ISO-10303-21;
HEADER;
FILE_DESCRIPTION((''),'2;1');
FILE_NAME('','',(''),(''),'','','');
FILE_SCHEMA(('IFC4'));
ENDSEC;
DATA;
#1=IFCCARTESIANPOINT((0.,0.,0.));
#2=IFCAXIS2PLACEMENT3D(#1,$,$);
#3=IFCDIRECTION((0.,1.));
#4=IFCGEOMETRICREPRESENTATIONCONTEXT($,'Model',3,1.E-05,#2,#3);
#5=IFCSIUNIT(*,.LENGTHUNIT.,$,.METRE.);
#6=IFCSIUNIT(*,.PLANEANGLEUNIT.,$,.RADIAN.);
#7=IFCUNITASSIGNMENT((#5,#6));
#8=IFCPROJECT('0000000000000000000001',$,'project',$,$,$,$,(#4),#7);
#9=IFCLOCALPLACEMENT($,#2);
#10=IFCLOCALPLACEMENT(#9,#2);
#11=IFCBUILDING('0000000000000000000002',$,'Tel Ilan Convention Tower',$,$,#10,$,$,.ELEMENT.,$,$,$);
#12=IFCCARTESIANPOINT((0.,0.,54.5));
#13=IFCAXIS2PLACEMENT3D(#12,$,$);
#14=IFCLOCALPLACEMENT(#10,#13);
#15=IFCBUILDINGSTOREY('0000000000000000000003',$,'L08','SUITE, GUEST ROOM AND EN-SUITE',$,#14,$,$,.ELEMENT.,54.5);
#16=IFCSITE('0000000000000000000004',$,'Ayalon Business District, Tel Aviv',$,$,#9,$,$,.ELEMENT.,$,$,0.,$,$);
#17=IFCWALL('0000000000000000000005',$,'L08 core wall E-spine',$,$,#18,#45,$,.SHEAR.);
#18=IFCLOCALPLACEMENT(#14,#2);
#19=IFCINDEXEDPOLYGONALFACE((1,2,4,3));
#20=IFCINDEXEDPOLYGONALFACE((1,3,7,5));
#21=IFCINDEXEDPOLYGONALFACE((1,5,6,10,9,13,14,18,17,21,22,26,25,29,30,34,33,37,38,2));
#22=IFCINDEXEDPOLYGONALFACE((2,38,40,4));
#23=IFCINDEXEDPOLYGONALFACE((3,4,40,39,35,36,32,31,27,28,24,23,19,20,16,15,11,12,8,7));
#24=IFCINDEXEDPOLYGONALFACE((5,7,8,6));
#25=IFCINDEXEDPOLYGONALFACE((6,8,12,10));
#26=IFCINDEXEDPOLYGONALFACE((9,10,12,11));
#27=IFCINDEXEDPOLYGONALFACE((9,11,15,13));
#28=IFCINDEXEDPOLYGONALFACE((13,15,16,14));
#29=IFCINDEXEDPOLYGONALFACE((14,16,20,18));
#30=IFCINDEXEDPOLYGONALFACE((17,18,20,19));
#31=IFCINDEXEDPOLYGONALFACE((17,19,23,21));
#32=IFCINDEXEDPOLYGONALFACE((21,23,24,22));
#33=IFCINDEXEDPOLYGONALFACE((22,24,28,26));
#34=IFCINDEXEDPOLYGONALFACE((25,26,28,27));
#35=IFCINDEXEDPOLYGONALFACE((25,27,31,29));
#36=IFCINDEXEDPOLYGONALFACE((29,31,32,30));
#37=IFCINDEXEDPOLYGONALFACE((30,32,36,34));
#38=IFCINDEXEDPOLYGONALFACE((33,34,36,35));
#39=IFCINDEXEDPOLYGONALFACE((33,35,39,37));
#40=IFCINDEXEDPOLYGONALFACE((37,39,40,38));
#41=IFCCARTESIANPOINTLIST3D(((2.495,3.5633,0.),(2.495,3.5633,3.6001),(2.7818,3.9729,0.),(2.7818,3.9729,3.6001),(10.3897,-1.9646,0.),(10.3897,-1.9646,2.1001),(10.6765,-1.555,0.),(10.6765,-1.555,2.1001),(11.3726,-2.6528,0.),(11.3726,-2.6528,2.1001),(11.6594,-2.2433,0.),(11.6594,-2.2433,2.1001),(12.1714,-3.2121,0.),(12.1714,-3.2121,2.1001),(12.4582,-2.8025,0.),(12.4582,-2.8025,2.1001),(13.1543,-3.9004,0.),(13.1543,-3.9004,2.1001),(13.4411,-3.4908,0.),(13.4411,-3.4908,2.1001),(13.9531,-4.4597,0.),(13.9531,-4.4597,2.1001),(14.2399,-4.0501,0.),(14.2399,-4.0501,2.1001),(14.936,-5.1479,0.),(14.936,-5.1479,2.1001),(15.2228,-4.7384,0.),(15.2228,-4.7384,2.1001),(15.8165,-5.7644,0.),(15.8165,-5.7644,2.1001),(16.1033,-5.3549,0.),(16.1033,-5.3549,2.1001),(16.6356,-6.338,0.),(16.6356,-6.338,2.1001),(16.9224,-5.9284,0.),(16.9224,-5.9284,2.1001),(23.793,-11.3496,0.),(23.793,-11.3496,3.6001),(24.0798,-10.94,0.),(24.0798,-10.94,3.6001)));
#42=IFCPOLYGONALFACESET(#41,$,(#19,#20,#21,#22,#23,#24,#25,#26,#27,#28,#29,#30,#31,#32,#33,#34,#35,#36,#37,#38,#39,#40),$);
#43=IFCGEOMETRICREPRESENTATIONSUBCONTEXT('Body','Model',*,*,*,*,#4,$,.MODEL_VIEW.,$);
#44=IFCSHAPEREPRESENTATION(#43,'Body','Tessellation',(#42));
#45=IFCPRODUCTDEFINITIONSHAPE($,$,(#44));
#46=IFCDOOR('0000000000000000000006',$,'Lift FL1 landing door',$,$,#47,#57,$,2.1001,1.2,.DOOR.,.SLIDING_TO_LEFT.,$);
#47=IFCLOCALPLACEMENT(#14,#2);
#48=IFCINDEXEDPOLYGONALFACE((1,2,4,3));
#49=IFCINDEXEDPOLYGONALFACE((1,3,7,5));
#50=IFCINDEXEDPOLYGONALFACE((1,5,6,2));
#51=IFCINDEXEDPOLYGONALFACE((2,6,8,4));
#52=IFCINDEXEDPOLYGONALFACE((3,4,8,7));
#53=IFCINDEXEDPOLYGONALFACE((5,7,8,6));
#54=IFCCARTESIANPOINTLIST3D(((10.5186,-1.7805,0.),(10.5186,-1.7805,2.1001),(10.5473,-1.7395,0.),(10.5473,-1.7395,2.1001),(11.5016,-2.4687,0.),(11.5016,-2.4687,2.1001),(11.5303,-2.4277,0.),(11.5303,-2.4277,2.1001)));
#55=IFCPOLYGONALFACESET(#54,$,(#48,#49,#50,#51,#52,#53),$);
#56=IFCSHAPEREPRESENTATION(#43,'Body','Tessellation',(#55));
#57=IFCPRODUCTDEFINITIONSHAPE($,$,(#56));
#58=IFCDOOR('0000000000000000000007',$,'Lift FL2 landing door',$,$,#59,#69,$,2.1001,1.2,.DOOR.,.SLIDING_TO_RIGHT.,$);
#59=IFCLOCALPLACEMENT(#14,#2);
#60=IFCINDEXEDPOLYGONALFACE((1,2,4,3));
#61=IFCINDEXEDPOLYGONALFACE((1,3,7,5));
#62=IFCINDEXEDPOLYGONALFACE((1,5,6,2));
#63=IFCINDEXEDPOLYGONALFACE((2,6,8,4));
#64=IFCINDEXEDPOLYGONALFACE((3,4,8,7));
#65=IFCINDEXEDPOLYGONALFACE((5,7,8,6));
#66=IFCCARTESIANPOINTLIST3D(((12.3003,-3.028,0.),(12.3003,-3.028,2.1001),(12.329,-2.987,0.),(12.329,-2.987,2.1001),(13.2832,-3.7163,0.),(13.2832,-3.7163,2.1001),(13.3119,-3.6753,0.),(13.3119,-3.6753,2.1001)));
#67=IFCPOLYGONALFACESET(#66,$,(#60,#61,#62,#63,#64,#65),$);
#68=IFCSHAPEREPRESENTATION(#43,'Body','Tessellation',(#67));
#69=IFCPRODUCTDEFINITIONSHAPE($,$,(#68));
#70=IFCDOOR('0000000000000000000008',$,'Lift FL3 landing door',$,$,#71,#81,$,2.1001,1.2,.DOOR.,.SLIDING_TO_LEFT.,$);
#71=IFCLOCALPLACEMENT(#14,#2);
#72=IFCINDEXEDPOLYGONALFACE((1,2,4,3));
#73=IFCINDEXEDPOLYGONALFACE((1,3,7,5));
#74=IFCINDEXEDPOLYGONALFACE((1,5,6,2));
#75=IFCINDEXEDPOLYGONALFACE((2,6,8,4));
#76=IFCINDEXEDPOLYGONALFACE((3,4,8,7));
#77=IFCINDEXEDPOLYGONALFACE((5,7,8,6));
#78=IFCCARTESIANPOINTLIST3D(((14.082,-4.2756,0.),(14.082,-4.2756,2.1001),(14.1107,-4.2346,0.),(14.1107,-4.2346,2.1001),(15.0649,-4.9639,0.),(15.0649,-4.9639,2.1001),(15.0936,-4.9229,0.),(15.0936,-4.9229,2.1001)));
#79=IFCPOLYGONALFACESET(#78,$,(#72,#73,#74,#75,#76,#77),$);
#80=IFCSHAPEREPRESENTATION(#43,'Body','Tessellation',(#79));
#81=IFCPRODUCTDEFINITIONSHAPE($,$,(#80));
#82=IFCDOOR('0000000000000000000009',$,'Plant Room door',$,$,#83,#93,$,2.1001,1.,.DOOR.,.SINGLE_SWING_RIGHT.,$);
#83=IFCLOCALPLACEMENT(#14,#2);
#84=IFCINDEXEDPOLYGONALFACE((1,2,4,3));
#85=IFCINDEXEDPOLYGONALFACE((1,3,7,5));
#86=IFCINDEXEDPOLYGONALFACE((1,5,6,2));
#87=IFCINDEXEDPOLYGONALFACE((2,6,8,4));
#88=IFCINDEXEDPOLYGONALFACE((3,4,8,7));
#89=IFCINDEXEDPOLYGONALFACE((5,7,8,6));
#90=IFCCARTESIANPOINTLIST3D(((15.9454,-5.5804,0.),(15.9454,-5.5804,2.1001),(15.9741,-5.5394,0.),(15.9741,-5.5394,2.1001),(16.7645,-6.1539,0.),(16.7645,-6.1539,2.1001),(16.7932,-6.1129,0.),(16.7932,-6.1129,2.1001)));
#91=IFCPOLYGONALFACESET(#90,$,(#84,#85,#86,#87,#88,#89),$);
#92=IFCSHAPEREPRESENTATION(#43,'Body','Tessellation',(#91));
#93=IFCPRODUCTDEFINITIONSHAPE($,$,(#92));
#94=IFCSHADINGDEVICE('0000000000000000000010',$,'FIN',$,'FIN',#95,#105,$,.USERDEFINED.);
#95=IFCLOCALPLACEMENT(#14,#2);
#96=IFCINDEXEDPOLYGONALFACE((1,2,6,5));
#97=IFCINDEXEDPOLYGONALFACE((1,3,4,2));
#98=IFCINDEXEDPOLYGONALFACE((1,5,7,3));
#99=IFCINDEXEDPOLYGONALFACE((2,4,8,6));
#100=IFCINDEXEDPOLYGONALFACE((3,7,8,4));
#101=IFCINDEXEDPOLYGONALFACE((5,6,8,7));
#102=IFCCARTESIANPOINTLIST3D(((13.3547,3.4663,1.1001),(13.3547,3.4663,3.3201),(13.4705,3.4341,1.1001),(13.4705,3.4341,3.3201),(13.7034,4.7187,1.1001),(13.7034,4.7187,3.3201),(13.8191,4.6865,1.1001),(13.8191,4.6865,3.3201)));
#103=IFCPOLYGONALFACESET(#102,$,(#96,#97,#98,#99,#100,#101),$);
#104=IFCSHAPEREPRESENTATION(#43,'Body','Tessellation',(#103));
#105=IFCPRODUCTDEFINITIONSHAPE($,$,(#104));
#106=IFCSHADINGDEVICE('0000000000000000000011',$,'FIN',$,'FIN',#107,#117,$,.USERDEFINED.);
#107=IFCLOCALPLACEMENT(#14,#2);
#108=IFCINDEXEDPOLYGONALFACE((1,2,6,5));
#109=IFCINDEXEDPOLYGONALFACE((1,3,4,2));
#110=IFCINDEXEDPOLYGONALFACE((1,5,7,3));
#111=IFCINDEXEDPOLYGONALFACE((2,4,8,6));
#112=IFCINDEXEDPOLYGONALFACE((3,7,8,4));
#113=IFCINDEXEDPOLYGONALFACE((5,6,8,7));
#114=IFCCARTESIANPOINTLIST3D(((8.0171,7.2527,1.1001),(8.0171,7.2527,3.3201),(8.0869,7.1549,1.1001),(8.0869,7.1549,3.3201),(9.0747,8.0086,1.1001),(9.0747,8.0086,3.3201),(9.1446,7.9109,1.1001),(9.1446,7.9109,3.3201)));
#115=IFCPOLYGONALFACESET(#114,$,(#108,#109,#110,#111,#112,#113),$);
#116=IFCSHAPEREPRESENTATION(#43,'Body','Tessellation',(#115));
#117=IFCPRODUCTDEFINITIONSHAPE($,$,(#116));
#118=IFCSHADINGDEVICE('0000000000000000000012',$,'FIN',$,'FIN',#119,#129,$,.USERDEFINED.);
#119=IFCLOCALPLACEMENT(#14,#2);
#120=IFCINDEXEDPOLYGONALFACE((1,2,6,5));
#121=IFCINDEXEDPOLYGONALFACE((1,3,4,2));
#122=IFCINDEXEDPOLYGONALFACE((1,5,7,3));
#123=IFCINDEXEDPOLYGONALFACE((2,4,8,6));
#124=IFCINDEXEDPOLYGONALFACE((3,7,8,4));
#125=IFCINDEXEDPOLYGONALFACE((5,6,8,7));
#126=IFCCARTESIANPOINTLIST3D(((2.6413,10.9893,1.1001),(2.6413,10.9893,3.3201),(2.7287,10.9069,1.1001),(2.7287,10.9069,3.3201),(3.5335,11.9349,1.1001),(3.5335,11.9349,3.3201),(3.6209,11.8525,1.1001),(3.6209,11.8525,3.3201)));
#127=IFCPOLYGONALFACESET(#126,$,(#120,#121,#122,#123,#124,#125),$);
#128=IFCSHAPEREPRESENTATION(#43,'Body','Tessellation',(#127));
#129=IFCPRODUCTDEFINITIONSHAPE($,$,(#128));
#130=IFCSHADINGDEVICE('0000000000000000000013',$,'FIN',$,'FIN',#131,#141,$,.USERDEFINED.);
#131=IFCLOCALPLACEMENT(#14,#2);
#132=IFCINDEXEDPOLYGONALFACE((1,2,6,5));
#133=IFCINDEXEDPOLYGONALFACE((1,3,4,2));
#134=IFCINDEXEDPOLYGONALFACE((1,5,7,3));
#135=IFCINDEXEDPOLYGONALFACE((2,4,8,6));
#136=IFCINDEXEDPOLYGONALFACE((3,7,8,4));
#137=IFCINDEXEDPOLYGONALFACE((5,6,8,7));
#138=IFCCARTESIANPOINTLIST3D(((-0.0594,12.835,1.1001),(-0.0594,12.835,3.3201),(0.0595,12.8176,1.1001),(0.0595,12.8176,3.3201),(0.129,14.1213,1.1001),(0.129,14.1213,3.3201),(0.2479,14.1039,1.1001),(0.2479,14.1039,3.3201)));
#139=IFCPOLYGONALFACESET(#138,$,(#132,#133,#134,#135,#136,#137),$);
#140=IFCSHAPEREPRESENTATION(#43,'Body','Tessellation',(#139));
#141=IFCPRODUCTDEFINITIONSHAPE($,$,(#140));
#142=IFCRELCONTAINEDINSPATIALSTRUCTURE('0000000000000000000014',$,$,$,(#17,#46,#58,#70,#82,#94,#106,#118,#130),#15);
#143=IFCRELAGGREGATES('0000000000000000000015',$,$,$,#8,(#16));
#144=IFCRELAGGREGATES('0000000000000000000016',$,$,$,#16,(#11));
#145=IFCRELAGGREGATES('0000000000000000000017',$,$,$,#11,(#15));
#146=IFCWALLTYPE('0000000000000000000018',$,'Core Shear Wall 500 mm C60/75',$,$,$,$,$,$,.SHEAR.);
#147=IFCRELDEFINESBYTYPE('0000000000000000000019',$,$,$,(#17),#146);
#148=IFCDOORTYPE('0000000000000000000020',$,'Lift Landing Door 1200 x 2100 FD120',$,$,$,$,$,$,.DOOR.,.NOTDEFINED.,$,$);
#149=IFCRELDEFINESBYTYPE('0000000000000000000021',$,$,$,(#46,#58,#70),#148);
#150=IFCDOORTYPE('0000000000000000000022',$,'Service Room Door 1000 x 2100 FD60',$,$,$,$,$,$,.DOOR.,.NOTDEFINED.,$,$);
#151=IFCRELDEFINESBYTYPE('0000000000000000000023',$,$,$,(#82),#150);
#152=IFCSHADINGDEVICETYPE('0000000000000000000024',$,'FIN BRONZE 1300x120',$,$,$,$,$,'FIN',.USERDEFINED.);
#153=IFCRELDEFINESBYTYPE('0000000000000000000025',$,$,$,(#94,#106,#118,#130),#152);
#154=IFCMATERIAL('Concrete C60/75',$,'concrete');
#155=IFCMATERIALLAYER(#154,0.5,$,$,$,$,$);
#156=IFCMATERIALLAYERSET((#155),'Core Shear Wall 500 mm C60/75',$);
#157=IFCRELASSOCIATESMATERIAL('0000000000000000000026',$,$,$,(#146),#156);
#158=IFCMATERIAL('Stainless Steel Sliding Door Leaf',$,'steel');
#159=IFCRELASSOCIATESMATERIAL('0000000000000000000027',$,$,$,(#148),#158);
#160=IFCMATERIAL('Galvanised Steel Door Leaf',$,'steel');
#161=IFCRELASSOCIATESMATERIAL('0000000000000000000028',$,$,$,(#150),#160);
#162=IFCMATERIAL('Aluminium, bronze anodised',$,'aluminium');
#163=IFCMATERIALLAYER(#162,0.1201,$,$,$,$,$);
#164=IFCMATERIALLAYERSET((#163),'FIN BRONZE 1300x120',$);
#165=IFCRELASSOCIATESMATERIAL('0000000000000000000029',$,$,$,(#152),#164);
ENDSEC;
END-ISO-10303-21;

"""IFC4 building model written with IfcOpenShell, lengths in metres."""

from ifc_helpers import new_model, si_unit, direction, frame, frame_2d, origin, origin_2d, place, context, subcontext, project, spatial, polyline, rectangle, outline, extrude, material, layer, layer_set, type_object, element, fill, save


model = new_model("IFC4")

# Units and contexts
model_context = context("Model", 3, precision=1e-05, world=origin(), true_north=direction((0.0, 1.0)))
body_context = subcontext(model_context, "Body", "Model", "MODEL_VIEW")
ifc_project = project(units=[si_unit("LENGTHUNIT", "METRE"), si_unit("PLANEANGLEUNIT", "RADIAN")], contexts=[model_context])

# Site, building, storey
site_placement = place(None, origin())
site = spatial("IfcSite", under=ifc_project, at=site_placement, Name="Ayalon Business District, Tel Aviv", CompositionType="ELEMENT", RefElevation=0.0)
building_placement = place(site_placement, origin())
building = spatial("IfcBuilding", under=site, at=building_placement, Name="Tel Ilan Convention Tower", CompositionType="ELEMENT")
storey_placement = place(building_placement, frame((0.0, 0.0, 54.5)))
storey = spatial("IfcBuildingStorey", under=building, at=storey_placement, Name="L08", Description="SUITE, GUEST ROOM AND EN-SUITE", CompositionType="ELEMENT", Elevation=54.5)

# Wall, openings, doors
ifc_material_1 = material(Name="Concrete C60/75", Category="concrete")
ifc_layer_1 = layer(ifc_material_1, 0.5)
ifc_layer_set_1 = layer_set([ifc_layer_1], Name="Core Shear Wall 500 mm C60/75")
wall_type_1 = type_object("IfcWallType", Name="Core Shear Wall 500 mm C60/75", PredefinedType="SHEAR", material=ifc_layer_set_1)
wall_1_placement = place(storey_placement, frame((2.6384, 3.7681, 0.0), z_axis=(0.0, 0.0, 1.0), x_axis=(0.819149, -0.573581, 0.0)))
wall_1 = element("IfcWall", 1, at=wall_1_placement, inside=storey, type_object=wall_type_1, Name="L08 core wall E-spine", PredefinedType="SHEAR", context=body_context, shape_type="SweptSolid", body=[
    extrude(outline(polyline([(0.0, 0.25), (0.0, -0.25), (26.0, -0.2498), (26.0, 0.2502), (0.0, 0.25)])), origin(), (0.0, 0.0, 1.0), 3.6001),
])
opening_1_placement = place(wall_1_placement, frame((9.6375, 0.0, 0.0)))
opening_1 = element("IfcOpeningElement", 2, at=opening_1_placement, cuts=wall_1, PredefinedType="OPENING", context=body_context, shape_type="SweptSolid", body=[
    extrude(rectangle(XDim=1.2, YDim=2.1001, at=frame_2d((0.6001, 1.05))), frame((0.0, 0.26, 0.0), z_axis=(0.0, -1.0, 0.0), x_axis=(1.0, 0.0, 0.0)), (0.0, 0.0, 1.0), 0.52),
])
opening_2_placement = place(wall_1_placement, frame((11.8125, 0.0, 0.0)))
opening_2 = element("IfcOpeningElement", 3, at=opening_2_placement, cuts=wall_1, PredefinedType="OPENING", context=body_context, shape_type="SweptSolid", body=[
    extrude(rectangle(XDim=1.2, YDim=2.1001, at=frame_2d((0.6001, 1.05))), frame((0.0, 0.26, 0.0), z_axis=(0.0, -1.0, 0.0), x_axis=(1.0, 0.0, 0.0)), (0.0, 0.0, 1.0), 0.52),
])
opening_3_placement = place(wall_1_placement, frame((13.9875, 0.0, 0.0)))
opening_3 = element("IfcOpeningElement", 4, at=opening_3_placement, cuts=wall_1, PredefinedType="OPENING", context=body_context, shape_type="SweptSolid", body=[
    extrude(rectangle(XDim=1.2, YDim=2.1001, at=frame_2d((0.6001, 1.05))), frame((0.0, 0.26, 0.0), z_axis=(0.0, -1.0, 0.0), x_axis=(1.0, 0.0, 0.0)), (0.0, 0.0, 1.0), 0.52),
])
opening_4_placement = place(wall_1_placement, frame((16.2625, 0.0, 0.0)))
opening_4 = element("IfcOpeningElement", 5, at=opening_4_placement, cuts=wall_1, PredefinedType="OPENING", context=body_context, shape_type="SweptSolid", body=[
    extrude(rectangle(XDim=1.0, YDim=2.1001, at=frame_2d((0.5, 1.05))), frame((0.0, 0.26, 0.0), z_axis=(0.0, -1.0, 0.0), x_axis=(1.0, 0.0, 0.0)), (0.0, 0.0, 1.0), 0.52),
])
ifc_material_2 = material(Name="Stainless Steel Sliding Door Leaf", Category="steel")
door_type_1 = type_object("IfcDoorType", Name="Lift Landing Door 1200 x 2100 FD120", OperationType="NOTDEFINED", PredefinedType="DOOR", material=ifc_material_2)
door_1_placement = place(opening_1_placement, origin())
door_1 = element("IfcDoor", 6, at=door_1_placement, inside=storey, type_object=door_type_1, Name="Lift FL1 landing door", OperationType="SLIDING_TO_LEFT", OverallHeight=2.1001, OverallWidth=1.2, PredefinedType="DOOR", context=body_context, shape_type="SweptSolid", body=[
    extrude(rectangle(XDim=1.2, YDim=2.1001, at=frame_2d((0.6001, 1.05))), frame((0.0, 0.0249, 0.0), z_axis=(0.0, -1.0, 0.0), x_axis=(1.0, 0.0, 0.0)), (0.0, 0.0, 1.0), 0.05),
])
fill(opening_1, door_1)
door_2_placement = place(opening_2_placement, origin())
door_2 = element("IfcDoor", 7, at=door_2_placement, inside=storey, type_object=door_type_1, Name="Lift FL2 landing door", OperationType="SLIDING_TO_RIGHT", OverallHeight=2.1001, OverallWidth=1.2, PredefinedType="DOOR", context=body_context, shape_type="SweptSolid", body=[
    extrude(rectangle(XDim=1.2, YDim=2.1001, at=frame_2d((0.6001, 1.05))), frame((0.0, 0.0249, 0.0), z_axis=(0.0, -1.0, 0.0), x_axis=(1.0, 0.0, 0.0)), (0.0, 0.0, 1.0), 0.05),
])
fill(opening_2, door_2)
door_3_placement = place(opening_3_placement, origin())
door_3 = element("IfcDoor", 8, at=door_3_placement, inside=storey, type_object=door_type_1, Name="Lift FL3 landing door", OperationType="SLIDING_TO_LEFT", OverallHeight=2.1001, OverallWidth=1.2, PredefinedType="DOOR", context=body_context, shape_type="SweptSolid", body=[
    extrude(rectangle(XDim=1.2, YDim=2.1001, at=frame_2d((0.6001, 1.05))), frame((0.0, 0.0249, 0.0), z_axis=(0.0, -1.0, 0.0), x_axis=(1.0, 0.0, 0.0)), (0.0, 0.0, 1.0), 0.05),
])
fill(opening_3, door_3)
ifc_material_3 = material(Name="Galvanised Steel Door Leaf", Category="steel")
door_type_2 = type_object("IfcDoorType", Name="Service Room Door 1000 x 2100 FD60", OperationType="NOTDEFINED", PredefinedType="DOOR", material=ifc_material_3)
door_4_placement = place(opening_4_placement, origin())
door_4 = element("IfcDoor", 9, at=door_4_placement, inside=storey, type_object=door_type_2, Name="Plant Room door", OperationType="SINGLE_SWING_RIGHT", OverallHeight=2.1001, OverallWidth=1.0, PredefinedType="DOOR", context=body_context, shape_type="SweptSolid", body=[
    extrude(rectangle(XDim=1.0, YDim=2.1001, at=frame_2d((0.5, 1.05))), frame((0.0, 0.0249, 0.0), z_axis=(0.0, -1.0, 0.0), x_axis=(1.0, 0.0, 0.0)), (0.0, 0.0, 1.0), 0.05),
])
fill(opening_4, door_4)

# Shading devices
ifc_material_4 = material(Name="Aluminium, bronze anodised", Category="aluminium")
ifc_layer_2 = layer(ifc_material_4, 0.1201)
ifc_layer_set_2 = layer_set([ifc_layer_2], Name="FIN BRONZE 1300x120")
shading_device_type = type_object("IfcShadingDeviceType", Name="FIN BRONZE 1300x120", ElementType="FIN", PredefinedType="USERDEFINED", material=ifc_layer_set_2)
for number, where, z_axis, x_axis, name in (
    (10, (13.5869, 4.0764, 1.1001), (0.0, 0.0, 1.0), (0.268173, 0.963371, 0.0), "FIN"),
    (11, (8.5808, 7.5818, 1.1001), (0.0, 0.0, 1.0), (0.813552, 0.581492, 0.0), "FIN"),
    (12, (3.1311, 11.4209, 1.1001), (0.0, 0.0, 1.0), (0.686242, 0.727374, 0.0), "FIN"),
    (13, (0.0942, 13.4695, 1.1001), (0.0, 0.0, 1.0), (0.144932, 0.989442, 0.0), "FIN"),
):
    element("IfcShadingDevice", number, at=place(storey_placement, frame(where, z_axis=z_axis, x_axis=x_axis)), inside=storey, type_object=shading_device_type, Name=name, ObjectType="FIN", PredefinedType="USERDEFINED", context=body_context, shape_type="SweptSolid", body=[
        extrude(rectangle(XDim=1.3, YDim=0.1201, at=origin_2d()), origin(), (0.0, 0.0, 1.0), 2.22),
    ])

save(model, "model.ifc")
